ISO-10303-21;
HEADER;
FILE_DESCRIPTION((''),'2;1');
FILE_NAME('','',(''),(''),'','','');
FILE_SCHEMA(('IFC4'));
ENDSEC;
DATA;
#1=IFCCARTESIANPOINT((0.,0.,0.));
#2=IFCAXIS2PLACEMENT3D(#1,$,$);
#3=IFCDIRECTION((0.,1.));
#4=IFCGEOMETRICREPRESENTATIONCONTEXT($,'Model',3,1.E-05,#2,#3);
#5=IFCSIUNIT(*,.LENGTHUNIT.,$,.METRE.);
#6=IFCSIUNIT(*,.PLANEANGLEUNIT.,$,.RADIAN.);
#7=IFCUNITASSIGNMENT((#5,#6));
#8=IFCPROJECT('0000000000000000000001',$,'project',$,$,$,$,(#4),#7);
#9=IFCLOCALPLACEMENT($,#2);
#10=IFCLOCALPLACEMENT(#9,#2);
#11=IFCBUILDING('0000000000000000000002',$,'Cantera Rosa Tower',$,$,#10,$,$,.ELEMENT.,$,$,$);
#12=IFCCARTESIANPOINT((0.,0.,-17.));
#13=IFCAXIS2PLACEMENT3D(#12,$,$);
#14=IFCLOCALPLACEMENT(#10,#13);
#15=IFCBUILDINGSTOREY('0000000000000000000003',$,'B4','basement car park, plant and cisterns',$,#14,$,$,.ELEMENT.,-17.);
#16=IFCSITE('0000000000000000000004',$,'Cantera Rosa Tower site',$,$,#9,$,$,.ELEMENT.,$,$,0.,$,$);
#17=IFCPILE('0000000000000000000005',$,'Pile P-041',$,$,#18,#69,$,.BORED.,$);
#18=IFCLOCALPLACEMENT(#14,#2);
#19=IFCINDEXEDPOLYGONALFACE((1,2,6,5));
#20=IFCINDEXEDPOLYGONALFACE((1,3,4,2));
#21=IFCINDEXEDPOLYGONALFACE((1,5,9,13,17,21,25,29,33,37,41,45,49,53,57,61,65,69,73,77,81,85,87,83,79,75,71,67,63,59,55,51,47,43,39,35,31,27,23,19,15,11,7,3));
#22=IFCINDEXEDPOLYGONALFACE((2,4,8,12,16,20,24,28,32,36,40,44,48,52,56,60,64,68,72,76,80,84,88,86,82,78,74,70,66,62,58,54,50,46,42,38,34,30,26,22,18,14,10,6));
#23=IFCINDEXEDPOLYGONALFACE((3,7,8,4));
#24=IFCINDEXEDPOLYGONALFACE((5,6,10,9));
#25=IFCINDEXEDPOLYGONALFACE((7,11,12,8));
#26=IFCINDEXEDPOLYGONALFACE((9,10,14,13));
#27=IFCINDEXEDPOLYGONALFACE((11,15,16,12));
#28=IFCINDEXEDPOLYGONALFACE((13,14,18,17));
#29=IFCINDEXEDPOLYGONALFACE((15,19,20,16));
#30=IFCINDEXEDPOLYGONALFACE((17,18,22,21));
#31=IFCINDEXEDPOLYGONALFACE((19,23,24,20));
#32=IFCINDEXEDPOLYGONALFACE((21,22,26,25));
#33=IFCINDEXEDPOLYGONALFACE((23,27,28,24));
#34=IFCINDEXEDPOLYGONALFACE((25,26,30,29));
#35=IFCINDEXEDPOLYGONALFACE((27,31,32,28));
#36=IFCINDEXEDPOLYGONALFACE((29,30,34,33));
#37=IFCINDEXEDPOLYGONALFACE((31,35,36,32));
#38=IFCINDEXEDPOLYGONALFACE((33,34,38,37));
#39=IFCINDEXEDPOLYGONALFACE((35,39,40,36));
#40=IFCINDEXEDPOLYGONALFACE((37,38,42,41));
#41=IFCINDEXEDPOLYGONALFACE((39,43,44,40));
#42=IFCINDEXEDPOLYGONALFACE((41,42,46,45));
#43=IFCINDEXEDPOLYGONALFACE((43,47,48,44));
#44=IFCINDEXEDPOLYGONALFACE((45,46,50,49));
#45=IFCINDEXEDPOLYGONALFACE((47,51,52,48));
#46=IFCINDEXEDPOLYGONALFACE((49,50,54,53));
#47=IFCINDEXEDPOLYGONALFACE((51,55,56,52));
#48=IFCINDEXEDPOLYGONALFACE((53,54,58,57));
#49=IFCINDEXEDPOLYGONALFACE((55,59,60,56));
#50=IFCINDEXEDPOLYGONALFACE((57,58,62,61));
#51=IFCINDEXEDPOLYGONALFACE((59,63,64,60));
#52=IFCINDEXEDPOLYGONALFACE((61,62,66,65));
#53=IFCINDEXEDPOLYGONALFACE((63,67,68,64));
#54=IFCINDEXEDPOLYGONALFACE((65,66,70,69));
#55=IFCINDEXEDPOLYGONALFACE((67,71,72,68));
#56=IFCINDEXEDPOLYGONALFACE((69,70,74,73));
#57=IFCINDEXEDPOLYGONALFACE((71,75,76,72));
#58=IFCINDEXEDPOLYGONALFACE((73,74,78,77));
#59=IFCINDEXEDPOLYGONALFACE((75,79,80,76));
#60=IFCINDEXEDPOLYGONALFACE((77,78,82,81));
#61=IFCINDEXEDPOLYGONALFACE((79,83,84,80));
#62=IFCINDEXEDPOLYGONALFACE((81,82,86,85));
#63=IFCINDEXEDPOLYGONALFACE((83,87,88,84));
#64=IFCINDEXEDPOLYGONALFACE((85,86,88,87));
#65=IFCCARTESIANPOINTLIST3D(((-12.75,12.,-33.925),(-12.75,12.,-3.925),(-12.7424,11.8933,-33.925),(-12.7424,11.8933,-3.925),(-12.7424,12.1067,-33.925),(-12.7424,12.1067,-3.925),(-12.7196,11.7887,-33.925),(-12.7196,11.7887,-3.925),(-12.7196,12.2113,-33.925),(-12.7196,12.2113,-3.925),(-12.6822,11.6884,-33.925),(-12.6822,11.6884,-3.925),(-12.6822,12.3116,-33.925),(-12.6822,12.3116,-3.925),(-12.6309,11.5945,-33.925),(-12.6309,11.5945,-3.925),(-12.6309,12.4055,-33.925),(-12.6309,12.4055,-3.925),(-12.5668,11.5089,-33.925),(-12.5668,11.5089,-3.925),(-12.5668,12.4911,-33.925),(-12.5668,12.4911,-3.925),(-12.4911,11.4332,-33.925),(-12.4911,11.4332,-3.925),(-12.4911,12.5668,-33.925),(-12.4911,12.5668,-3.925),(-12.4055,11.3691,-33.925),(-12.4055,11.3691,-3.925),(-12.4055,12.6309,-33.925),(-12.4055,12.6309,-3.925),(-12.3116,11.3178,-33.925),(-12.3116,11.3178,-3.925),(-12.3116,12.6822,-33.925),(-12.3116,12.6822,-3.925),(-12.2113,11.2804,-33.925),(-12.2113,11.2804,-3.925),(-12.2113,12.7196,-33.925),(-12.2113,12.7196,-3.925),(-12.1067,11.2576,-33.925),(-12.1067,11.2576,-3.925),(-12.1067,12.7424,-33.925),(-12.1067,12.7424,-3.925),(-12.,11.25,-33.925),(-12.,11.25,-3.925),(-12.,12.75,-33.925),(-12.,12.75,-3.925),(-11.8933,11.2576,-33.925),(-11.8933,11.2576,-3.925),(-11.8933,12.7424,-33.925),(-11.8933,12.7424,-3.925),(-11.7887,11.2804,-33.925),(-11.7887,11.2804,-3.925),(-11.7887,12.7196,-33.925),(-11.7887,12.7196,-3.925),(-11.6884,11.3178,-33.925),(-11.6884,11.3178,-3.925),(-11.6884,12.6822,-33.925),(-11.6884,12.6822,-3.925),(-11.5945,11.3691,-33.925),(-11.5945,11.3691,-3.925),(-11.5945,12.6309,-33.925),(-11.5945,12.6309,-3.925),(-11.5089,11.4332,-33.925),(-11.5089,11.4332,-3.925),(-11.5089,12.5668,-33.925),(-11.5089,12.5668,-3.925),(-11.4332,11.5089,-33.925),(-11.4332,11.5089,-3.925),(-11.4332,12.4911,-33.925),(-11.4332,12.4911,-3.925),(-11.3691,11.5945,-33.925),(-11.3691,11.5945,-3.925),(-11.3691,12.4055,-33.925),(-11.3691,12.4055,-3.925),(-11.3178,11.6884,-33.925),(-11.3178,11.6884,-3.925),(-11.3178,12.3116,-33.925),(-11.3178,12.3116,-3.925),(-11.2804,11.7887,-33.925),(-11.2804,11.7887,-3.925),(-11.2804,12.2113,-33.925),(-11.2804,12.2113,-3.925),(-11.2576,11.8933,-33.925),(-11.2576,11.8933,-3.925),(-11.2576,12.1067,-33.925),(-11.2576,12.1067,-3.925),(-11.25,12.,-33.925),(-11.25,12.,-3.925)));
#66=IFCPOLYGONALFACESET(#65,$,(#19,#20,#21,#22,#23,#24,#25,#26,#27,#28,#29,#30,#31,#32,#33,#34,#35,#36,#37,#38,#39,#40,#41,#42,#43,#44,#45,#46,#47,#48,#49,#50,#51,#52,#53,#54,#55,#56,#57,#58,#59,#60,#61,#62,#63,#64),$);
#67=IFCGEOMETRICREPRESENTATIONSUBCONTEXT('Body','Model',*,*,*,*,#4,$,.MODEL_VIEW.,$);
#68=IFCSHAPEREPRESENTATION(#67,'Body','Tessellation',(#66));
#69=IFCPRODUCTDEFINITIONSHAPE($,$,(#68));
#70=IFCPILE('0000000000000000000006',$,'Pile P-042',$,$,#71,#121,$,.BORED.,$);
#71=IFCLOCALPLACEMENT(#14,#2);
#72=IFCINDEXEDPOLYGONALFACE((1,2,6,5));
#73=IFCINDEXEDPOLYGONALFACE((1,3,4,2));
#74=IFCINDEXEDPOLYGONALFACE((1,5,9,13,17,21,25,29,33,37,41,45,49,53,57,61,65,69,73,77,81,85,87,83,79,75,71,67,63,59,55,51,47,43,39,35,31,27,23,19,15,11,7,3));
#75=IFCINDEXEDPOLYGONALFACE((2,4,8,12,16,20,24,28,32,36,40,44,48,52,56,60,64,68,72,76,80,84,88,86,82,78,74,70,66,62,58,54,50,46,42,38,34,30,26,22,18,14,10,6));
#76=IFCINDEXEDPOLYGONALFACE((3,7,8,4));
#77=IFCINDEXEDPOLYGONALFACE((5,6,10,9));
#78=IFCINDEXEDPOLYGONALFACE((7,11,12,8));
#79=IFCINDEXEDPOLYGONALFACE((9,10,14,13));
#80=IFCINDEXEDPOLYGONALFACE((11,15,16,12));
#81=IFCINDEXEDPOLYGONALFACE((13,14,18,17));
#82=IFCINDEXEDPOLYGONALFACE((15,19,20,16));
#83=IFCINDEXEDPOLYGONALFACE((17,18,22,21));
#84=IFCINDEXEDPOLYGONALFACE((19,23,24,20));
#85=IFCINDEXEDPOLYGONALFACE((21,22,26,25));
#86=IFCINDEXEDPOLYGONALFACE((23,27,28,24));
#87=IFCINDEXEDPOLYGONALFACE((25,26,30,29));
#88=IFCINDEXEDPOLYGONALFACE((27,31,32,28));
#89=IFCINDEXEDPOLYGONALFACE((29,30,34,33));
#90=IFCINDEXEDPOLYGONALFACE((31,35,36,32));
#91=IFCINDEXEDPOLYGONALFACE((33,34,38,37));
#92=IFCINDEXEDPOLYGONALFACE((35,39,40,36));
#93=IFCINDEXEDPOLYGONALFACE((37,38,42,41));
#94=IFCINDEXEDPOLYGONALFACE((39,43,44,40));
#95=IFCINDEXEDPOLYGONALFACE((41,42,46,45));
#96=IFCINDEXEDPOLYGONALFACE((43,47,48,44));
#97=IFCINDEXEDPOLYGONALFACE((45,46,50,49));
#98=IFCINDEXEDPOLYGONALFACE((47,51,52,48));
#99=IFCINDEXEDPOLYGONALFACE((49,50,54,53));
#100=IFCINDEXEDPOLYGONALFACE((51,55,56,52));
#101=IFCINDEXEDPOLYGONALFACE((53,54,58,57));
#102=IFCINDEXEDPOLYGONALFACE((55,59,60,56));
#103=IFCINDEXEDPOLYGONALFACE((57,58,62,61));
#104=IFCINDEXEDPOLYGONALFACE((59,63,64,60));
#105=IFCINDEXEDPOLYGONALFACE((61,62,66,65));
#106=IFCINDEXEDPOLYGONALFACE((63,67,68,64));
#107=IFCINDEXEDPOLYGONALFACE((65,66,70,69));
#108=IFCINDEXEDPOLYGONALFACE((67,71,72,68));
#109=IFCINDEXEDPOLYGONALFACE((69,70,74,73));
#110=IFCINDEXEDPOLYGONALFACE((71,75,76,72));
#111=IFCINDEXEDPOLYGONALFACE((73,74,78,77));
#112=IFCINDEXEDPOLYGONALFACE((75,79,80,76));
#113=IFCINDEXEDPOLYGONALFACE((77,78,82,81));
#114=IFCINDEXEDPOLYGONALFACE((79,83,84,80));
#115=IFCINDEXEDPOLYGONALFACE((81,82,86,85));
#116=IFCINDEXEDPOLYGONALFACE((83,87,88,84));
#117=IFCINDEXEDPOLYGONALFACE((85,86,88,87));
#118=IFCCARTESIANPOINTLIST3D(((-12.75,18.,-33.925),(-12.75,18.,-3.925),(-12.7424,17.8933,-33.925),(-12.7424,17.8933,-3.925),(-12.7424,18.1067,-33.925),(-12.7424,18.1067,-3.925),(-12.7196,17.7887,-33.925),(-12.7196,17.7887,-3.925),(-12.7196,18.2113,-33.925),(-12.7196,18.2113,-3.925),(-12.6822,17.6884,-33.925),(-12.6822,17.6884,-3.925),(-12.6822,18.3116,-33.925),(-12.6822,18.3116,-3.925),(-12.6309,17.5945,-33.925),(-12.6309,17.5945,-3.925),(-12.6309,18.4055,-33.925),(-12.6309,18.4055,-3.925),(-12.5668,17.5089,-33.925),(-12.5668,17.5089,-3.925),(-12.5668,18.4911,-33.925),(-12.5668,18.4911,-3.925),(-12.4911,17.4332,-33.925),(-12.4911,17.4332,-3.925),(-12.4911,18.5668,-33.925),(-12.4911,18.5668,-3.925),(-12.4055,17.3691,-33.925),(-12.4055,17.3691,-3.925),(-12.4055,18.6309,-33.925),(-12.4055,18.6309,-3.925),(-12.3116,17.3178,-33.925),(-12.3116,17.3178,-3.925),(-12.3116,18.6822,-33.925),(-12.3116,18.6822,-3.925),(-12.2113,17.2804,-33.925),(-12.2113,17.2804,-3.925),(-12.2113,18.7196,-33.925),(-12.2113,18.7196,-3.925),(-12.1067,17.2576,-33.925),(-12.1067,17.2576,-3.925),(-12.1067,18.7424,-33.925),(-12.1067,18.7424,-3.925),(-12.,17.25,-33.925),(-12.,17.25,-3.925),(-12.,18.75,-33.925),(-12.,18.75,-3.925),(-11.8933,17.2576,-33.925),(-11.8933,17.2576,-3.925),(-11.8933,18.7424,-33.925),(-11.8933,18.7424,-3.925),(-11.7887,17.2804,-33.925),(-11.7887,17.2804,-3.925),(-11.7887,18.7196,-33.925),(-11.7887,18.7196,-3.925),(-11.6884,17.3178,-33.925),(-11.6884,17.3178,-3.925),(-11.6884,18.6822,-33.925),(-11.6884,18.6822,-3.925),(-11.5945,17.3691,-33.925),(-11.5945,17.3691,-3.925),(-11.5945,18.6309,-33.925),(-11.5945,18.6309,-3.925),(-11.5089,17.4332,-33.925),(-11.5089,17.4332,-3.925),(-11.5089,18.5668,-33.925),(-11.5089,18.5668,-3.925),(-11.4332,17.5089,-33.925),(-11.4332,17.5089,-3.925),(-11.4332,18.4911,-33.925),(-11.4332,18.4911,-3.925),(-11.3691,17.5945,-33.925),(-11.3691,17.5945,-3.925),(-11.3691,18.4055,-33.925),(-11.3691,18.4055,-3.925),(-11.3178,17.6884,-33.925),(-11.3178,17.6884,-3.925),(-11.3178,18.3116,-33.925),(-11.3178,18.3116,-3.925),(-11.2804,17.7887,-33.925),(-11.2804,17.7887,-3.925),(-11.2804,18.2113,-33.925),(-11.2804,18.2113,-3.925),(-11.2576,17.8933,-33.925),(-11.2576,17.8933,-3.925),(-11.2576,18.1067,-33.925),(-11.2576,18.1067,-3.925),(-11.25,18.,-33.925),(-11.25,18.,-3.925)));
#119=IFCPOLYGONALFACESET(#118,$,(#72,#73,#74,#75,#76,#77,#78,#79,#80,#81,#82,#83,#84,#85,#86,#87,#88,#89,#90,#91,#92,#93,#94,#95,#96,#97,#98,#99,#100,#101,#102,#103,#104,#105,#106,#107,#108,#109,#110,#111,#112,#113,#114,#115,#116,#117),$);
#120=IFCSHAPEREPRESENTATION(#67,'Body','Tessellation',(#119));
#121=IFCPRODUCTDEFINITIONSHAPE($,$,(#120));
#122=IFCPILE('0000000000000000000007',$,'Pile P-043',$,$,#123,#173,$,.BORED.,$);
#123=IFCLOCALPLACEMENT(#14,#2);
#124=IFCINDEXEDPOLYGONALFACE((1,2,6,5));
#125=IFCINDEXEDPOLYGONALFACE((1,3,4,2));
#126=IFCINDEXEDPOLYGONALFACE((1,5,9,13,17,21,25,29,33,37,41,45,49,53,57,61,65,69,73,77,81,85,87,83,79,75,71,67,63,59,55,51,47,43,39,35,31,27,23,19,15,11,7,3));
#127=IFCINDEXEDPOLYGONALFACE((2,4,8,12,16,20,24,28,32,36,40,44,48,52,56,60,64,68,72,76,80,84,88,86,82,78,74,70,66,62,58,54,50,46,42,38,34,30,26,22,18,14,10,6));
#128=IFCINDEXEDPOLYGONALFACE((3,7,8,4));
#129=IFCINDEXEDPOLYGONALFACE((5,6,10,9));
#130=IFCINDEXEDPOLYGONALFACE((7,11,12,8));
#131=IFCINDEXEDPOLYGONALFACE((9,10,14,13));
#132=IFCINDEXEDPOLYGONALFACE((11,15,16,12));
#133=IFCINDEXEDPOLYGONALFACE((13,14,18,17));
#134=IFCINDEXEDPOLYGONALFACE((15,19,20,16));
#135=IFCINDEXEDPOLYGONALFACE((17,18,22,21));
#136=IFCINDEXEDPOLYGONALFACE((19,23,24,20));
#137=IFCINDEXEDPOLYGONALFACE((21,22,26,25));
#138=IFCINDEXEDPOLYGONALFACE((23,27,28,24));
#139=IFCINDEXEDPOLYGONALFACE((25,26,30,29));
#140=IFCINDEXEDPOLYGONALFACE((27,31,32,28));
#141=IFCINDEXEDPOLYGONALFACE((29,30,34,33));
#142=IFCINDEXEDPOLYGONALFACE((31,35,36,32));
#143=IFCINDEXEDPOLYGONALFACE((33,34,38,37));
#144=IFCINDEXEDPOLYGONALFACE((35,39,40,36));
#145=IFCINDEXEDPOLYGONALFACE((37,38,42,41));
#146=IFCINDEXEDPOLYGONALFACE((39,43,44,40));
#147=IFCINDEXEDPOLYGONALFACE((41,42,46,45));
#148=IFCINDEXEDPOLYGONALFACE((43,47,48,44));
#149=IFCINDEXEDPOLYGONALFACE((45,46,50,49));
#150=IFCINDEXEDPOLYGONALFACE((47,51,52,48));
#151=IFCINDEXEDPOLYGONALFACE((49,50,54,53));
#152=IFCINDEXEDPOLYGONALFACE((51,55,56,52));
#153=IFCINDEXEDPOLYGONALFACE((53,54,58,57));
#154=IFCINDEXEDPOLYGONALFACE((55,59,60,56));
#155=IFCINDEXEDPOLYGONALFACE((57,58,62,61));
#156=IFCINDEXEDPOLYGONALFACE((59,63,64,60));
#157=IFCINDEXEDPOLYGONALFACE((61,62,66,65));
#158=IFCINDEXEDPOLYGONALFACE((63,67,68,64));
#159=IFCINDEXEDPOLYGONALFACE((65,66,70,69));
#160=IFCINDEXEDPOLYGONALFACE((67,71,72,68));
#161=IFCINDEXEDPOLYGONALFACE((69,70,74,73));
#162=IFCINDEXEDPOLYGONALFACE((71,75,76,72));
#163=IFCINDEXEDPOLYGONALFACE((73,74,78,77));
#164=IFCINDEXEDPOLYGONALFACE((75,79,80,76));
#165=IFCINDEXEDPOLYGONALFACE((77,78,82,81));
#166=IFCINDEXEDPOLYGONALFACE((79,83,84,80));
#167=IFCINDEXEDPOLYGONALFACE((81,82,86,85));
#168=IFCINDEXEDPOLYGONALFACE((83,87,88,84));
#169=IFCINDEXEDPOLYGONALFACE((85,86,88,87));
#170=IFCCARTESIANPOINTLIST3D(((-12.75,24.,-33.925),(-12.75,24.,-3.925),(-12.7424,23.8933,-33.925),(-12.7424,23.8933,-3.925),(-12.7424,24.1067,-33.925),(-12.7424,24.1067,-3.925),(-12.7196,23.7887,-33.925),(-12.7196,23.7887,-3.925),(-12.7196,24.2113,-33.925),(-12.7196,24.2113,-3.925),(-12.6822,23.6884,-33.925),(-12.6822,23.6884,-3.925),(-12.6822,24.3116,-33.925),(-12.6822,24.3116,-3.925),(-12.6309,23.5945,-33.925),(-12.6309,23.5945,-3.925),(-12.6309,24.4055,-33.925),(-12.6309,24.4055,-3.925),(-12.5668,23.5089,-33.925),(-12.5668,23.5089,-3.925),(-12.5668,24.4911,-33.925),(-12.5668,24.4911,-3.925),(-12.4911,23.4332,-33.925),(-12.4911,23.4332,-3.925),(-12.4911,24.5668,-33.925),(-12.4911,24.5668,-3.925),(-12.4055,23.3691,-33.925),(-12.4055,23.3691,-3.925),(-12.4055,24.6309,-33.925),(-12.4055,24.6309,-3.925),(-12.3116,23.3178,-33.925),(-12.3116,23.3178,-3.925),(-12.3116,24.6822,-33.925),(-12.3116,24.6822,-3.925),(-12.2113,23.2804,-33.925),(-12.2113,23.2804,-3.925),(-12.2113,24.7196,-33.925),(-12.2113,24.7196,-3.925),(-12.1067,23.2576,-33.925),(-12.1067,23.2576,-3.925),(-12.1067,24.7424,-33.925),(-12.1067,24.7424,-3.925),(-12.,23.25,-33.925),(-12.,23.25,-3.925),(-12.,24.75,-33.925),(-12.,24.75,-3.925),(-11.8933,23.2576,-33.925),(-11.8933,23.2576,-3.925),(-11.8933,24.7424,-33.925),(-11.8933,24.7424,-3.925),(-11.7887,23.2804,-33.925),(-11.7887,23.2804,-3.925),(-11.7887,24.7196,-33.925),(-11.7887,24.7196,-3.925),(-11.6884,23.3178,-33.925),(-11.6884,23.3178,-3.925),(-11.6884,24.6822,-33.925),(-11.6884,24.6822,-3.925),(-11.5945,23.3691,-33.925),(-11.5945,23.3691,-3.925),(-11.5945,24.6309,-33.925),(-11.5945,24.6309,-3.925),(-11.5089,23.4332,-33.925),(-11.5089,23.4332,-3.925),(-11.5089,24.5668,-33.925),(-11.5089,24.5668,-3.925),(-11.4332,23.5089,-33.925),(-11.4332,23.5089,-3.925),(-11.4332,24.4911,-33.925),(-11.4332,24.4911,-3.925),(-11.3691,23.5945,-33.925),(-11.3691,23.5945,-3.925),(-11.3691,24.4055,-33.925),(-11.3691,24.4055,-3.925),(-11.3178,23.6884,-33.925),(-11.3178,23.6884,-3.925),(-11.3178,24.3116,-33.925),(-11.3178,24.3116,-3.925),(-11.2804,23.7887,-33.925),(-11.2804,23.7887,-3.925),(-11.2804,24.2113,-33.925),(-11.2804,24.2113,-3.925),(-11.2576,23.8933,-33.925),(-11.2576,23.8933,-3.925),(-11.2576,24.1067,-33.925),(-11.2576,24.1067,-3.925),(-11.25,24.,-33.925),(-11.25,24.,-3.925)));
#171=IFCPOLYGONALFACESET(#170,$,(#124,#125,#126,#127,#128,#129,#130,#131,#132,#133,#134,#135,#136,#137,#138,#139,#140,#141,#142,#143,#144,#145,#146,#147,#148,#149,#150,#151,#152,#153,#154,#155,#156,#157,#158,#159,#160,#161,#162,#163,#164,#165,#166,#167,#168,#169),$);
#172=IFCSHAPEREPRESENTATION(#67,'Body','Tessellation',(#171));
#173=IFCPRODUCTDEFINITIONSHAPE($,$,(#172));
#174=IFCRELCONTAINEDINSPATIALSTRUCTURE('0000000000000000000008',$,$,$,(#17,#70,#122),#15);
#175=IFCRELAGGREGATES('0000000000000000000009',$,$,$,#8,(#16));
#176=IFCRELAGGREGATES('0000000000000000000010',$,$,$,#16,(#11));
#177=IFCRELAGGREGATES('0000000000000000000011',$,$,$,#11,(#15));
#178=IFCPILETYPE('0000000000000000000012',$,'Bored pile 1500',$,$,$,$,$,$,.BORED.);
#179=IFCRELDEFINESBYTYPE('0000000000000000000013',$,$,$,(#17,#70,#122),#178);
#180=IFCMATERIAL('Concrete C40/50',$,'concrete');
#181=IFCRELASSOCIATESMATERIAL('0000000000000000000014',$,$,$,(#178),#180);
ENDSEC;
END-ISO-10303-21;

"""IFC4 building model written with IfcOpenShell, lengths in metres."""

from ifc_helpers import new_model, si_unit, direction, frame, origin, origin_2d, place, context, subcontext, project, spatial, circle, extrude, material, material_profile, profile_set, type_object, element, save


model = new_model("IFC4")

# Units and contexts
model_context = context("Model", 3, precision=1e-05, world=origin(), true_north=direction((0.0, 1.0)))
body_context = subcontext(model_context, "Body", "Model", "MODEL_VIEW")
ifc_project = project(units=[si_unit("LENGTHUNIT", "METRE"), si_unit("PLANEANGLEUNIT", "RADIAN")], contexts=[model_context])

# Site, building, storey
site_placement = place(None, origin())
site = spatial("IfcSite", under=ifc_project, at=site_placement, Name="Cantera Rosa Tower site", CompositionType="ELEMENT", RefElevation=0.0)
building_placement = place(site_placement, origin())
building = spatial("IfcBuilding", under=site, at=building_placement, Name="Cantera Rosa Tower", CompositionType="ELEMENT")
storey_placement = place(building_placement, frame((0.0, 0.0, -17.0)))
storey = spatial("IfcBuildingStorey", under=building, at=storey_placement, Name="B4", Description="basement car park, plant and cisterns", CompositionType="ELEMENT", Elevation=-17.0)

# Piles
ifc_material_1 = material(Name="Concrete C40/50", Category="concrete")
ifc_material_profile_1 = material_profile(ifc_material_1, circle(Radius=0.75, at=origin_2d()), Name="Bored pile 1500")
ifc_profile_set_1 = profile_set([ifc_material_profile_1], Name="Concrete C40/50")
pile_type = type_object("IfcPileType", Name="Bored pile 1500", PredefinedType="BORED", material=ifc_profile_set_1)
for number, where, z_axis, x_axis, name in (
    (1, (-12.0, 12.0, -3.925), (0.0, 0.0, -1.0), (1.0, 0.0, 0.0), "Pile P-041"),
    (2, (-12.0, 18.0, -3.925), (0.0, 0.0, -1.0), (1.0, 0.0, 0.0), "Pile P-042"),
    (3, (-12.0, 24.0, -3.925), (0.0, 0.0, -1.0), (1.0, 0.0, 0.0), "Pile P-043"),
):
    element("IfcPile", number, at=place(storey_placement, frame(where, z_axis=z_axis, x_axis=x_axis)), inside=storey, type_object=pile_type, Name=name, PredefinedType="BORED", context=body_context, shape_type="SweptSolid", body=[
        extrude(circle(Radius=0.75, at=origin_2d()), origin(), (0.0, 0.0, 1.0), 30.0),
    ])

save(model, "model.ifc")
